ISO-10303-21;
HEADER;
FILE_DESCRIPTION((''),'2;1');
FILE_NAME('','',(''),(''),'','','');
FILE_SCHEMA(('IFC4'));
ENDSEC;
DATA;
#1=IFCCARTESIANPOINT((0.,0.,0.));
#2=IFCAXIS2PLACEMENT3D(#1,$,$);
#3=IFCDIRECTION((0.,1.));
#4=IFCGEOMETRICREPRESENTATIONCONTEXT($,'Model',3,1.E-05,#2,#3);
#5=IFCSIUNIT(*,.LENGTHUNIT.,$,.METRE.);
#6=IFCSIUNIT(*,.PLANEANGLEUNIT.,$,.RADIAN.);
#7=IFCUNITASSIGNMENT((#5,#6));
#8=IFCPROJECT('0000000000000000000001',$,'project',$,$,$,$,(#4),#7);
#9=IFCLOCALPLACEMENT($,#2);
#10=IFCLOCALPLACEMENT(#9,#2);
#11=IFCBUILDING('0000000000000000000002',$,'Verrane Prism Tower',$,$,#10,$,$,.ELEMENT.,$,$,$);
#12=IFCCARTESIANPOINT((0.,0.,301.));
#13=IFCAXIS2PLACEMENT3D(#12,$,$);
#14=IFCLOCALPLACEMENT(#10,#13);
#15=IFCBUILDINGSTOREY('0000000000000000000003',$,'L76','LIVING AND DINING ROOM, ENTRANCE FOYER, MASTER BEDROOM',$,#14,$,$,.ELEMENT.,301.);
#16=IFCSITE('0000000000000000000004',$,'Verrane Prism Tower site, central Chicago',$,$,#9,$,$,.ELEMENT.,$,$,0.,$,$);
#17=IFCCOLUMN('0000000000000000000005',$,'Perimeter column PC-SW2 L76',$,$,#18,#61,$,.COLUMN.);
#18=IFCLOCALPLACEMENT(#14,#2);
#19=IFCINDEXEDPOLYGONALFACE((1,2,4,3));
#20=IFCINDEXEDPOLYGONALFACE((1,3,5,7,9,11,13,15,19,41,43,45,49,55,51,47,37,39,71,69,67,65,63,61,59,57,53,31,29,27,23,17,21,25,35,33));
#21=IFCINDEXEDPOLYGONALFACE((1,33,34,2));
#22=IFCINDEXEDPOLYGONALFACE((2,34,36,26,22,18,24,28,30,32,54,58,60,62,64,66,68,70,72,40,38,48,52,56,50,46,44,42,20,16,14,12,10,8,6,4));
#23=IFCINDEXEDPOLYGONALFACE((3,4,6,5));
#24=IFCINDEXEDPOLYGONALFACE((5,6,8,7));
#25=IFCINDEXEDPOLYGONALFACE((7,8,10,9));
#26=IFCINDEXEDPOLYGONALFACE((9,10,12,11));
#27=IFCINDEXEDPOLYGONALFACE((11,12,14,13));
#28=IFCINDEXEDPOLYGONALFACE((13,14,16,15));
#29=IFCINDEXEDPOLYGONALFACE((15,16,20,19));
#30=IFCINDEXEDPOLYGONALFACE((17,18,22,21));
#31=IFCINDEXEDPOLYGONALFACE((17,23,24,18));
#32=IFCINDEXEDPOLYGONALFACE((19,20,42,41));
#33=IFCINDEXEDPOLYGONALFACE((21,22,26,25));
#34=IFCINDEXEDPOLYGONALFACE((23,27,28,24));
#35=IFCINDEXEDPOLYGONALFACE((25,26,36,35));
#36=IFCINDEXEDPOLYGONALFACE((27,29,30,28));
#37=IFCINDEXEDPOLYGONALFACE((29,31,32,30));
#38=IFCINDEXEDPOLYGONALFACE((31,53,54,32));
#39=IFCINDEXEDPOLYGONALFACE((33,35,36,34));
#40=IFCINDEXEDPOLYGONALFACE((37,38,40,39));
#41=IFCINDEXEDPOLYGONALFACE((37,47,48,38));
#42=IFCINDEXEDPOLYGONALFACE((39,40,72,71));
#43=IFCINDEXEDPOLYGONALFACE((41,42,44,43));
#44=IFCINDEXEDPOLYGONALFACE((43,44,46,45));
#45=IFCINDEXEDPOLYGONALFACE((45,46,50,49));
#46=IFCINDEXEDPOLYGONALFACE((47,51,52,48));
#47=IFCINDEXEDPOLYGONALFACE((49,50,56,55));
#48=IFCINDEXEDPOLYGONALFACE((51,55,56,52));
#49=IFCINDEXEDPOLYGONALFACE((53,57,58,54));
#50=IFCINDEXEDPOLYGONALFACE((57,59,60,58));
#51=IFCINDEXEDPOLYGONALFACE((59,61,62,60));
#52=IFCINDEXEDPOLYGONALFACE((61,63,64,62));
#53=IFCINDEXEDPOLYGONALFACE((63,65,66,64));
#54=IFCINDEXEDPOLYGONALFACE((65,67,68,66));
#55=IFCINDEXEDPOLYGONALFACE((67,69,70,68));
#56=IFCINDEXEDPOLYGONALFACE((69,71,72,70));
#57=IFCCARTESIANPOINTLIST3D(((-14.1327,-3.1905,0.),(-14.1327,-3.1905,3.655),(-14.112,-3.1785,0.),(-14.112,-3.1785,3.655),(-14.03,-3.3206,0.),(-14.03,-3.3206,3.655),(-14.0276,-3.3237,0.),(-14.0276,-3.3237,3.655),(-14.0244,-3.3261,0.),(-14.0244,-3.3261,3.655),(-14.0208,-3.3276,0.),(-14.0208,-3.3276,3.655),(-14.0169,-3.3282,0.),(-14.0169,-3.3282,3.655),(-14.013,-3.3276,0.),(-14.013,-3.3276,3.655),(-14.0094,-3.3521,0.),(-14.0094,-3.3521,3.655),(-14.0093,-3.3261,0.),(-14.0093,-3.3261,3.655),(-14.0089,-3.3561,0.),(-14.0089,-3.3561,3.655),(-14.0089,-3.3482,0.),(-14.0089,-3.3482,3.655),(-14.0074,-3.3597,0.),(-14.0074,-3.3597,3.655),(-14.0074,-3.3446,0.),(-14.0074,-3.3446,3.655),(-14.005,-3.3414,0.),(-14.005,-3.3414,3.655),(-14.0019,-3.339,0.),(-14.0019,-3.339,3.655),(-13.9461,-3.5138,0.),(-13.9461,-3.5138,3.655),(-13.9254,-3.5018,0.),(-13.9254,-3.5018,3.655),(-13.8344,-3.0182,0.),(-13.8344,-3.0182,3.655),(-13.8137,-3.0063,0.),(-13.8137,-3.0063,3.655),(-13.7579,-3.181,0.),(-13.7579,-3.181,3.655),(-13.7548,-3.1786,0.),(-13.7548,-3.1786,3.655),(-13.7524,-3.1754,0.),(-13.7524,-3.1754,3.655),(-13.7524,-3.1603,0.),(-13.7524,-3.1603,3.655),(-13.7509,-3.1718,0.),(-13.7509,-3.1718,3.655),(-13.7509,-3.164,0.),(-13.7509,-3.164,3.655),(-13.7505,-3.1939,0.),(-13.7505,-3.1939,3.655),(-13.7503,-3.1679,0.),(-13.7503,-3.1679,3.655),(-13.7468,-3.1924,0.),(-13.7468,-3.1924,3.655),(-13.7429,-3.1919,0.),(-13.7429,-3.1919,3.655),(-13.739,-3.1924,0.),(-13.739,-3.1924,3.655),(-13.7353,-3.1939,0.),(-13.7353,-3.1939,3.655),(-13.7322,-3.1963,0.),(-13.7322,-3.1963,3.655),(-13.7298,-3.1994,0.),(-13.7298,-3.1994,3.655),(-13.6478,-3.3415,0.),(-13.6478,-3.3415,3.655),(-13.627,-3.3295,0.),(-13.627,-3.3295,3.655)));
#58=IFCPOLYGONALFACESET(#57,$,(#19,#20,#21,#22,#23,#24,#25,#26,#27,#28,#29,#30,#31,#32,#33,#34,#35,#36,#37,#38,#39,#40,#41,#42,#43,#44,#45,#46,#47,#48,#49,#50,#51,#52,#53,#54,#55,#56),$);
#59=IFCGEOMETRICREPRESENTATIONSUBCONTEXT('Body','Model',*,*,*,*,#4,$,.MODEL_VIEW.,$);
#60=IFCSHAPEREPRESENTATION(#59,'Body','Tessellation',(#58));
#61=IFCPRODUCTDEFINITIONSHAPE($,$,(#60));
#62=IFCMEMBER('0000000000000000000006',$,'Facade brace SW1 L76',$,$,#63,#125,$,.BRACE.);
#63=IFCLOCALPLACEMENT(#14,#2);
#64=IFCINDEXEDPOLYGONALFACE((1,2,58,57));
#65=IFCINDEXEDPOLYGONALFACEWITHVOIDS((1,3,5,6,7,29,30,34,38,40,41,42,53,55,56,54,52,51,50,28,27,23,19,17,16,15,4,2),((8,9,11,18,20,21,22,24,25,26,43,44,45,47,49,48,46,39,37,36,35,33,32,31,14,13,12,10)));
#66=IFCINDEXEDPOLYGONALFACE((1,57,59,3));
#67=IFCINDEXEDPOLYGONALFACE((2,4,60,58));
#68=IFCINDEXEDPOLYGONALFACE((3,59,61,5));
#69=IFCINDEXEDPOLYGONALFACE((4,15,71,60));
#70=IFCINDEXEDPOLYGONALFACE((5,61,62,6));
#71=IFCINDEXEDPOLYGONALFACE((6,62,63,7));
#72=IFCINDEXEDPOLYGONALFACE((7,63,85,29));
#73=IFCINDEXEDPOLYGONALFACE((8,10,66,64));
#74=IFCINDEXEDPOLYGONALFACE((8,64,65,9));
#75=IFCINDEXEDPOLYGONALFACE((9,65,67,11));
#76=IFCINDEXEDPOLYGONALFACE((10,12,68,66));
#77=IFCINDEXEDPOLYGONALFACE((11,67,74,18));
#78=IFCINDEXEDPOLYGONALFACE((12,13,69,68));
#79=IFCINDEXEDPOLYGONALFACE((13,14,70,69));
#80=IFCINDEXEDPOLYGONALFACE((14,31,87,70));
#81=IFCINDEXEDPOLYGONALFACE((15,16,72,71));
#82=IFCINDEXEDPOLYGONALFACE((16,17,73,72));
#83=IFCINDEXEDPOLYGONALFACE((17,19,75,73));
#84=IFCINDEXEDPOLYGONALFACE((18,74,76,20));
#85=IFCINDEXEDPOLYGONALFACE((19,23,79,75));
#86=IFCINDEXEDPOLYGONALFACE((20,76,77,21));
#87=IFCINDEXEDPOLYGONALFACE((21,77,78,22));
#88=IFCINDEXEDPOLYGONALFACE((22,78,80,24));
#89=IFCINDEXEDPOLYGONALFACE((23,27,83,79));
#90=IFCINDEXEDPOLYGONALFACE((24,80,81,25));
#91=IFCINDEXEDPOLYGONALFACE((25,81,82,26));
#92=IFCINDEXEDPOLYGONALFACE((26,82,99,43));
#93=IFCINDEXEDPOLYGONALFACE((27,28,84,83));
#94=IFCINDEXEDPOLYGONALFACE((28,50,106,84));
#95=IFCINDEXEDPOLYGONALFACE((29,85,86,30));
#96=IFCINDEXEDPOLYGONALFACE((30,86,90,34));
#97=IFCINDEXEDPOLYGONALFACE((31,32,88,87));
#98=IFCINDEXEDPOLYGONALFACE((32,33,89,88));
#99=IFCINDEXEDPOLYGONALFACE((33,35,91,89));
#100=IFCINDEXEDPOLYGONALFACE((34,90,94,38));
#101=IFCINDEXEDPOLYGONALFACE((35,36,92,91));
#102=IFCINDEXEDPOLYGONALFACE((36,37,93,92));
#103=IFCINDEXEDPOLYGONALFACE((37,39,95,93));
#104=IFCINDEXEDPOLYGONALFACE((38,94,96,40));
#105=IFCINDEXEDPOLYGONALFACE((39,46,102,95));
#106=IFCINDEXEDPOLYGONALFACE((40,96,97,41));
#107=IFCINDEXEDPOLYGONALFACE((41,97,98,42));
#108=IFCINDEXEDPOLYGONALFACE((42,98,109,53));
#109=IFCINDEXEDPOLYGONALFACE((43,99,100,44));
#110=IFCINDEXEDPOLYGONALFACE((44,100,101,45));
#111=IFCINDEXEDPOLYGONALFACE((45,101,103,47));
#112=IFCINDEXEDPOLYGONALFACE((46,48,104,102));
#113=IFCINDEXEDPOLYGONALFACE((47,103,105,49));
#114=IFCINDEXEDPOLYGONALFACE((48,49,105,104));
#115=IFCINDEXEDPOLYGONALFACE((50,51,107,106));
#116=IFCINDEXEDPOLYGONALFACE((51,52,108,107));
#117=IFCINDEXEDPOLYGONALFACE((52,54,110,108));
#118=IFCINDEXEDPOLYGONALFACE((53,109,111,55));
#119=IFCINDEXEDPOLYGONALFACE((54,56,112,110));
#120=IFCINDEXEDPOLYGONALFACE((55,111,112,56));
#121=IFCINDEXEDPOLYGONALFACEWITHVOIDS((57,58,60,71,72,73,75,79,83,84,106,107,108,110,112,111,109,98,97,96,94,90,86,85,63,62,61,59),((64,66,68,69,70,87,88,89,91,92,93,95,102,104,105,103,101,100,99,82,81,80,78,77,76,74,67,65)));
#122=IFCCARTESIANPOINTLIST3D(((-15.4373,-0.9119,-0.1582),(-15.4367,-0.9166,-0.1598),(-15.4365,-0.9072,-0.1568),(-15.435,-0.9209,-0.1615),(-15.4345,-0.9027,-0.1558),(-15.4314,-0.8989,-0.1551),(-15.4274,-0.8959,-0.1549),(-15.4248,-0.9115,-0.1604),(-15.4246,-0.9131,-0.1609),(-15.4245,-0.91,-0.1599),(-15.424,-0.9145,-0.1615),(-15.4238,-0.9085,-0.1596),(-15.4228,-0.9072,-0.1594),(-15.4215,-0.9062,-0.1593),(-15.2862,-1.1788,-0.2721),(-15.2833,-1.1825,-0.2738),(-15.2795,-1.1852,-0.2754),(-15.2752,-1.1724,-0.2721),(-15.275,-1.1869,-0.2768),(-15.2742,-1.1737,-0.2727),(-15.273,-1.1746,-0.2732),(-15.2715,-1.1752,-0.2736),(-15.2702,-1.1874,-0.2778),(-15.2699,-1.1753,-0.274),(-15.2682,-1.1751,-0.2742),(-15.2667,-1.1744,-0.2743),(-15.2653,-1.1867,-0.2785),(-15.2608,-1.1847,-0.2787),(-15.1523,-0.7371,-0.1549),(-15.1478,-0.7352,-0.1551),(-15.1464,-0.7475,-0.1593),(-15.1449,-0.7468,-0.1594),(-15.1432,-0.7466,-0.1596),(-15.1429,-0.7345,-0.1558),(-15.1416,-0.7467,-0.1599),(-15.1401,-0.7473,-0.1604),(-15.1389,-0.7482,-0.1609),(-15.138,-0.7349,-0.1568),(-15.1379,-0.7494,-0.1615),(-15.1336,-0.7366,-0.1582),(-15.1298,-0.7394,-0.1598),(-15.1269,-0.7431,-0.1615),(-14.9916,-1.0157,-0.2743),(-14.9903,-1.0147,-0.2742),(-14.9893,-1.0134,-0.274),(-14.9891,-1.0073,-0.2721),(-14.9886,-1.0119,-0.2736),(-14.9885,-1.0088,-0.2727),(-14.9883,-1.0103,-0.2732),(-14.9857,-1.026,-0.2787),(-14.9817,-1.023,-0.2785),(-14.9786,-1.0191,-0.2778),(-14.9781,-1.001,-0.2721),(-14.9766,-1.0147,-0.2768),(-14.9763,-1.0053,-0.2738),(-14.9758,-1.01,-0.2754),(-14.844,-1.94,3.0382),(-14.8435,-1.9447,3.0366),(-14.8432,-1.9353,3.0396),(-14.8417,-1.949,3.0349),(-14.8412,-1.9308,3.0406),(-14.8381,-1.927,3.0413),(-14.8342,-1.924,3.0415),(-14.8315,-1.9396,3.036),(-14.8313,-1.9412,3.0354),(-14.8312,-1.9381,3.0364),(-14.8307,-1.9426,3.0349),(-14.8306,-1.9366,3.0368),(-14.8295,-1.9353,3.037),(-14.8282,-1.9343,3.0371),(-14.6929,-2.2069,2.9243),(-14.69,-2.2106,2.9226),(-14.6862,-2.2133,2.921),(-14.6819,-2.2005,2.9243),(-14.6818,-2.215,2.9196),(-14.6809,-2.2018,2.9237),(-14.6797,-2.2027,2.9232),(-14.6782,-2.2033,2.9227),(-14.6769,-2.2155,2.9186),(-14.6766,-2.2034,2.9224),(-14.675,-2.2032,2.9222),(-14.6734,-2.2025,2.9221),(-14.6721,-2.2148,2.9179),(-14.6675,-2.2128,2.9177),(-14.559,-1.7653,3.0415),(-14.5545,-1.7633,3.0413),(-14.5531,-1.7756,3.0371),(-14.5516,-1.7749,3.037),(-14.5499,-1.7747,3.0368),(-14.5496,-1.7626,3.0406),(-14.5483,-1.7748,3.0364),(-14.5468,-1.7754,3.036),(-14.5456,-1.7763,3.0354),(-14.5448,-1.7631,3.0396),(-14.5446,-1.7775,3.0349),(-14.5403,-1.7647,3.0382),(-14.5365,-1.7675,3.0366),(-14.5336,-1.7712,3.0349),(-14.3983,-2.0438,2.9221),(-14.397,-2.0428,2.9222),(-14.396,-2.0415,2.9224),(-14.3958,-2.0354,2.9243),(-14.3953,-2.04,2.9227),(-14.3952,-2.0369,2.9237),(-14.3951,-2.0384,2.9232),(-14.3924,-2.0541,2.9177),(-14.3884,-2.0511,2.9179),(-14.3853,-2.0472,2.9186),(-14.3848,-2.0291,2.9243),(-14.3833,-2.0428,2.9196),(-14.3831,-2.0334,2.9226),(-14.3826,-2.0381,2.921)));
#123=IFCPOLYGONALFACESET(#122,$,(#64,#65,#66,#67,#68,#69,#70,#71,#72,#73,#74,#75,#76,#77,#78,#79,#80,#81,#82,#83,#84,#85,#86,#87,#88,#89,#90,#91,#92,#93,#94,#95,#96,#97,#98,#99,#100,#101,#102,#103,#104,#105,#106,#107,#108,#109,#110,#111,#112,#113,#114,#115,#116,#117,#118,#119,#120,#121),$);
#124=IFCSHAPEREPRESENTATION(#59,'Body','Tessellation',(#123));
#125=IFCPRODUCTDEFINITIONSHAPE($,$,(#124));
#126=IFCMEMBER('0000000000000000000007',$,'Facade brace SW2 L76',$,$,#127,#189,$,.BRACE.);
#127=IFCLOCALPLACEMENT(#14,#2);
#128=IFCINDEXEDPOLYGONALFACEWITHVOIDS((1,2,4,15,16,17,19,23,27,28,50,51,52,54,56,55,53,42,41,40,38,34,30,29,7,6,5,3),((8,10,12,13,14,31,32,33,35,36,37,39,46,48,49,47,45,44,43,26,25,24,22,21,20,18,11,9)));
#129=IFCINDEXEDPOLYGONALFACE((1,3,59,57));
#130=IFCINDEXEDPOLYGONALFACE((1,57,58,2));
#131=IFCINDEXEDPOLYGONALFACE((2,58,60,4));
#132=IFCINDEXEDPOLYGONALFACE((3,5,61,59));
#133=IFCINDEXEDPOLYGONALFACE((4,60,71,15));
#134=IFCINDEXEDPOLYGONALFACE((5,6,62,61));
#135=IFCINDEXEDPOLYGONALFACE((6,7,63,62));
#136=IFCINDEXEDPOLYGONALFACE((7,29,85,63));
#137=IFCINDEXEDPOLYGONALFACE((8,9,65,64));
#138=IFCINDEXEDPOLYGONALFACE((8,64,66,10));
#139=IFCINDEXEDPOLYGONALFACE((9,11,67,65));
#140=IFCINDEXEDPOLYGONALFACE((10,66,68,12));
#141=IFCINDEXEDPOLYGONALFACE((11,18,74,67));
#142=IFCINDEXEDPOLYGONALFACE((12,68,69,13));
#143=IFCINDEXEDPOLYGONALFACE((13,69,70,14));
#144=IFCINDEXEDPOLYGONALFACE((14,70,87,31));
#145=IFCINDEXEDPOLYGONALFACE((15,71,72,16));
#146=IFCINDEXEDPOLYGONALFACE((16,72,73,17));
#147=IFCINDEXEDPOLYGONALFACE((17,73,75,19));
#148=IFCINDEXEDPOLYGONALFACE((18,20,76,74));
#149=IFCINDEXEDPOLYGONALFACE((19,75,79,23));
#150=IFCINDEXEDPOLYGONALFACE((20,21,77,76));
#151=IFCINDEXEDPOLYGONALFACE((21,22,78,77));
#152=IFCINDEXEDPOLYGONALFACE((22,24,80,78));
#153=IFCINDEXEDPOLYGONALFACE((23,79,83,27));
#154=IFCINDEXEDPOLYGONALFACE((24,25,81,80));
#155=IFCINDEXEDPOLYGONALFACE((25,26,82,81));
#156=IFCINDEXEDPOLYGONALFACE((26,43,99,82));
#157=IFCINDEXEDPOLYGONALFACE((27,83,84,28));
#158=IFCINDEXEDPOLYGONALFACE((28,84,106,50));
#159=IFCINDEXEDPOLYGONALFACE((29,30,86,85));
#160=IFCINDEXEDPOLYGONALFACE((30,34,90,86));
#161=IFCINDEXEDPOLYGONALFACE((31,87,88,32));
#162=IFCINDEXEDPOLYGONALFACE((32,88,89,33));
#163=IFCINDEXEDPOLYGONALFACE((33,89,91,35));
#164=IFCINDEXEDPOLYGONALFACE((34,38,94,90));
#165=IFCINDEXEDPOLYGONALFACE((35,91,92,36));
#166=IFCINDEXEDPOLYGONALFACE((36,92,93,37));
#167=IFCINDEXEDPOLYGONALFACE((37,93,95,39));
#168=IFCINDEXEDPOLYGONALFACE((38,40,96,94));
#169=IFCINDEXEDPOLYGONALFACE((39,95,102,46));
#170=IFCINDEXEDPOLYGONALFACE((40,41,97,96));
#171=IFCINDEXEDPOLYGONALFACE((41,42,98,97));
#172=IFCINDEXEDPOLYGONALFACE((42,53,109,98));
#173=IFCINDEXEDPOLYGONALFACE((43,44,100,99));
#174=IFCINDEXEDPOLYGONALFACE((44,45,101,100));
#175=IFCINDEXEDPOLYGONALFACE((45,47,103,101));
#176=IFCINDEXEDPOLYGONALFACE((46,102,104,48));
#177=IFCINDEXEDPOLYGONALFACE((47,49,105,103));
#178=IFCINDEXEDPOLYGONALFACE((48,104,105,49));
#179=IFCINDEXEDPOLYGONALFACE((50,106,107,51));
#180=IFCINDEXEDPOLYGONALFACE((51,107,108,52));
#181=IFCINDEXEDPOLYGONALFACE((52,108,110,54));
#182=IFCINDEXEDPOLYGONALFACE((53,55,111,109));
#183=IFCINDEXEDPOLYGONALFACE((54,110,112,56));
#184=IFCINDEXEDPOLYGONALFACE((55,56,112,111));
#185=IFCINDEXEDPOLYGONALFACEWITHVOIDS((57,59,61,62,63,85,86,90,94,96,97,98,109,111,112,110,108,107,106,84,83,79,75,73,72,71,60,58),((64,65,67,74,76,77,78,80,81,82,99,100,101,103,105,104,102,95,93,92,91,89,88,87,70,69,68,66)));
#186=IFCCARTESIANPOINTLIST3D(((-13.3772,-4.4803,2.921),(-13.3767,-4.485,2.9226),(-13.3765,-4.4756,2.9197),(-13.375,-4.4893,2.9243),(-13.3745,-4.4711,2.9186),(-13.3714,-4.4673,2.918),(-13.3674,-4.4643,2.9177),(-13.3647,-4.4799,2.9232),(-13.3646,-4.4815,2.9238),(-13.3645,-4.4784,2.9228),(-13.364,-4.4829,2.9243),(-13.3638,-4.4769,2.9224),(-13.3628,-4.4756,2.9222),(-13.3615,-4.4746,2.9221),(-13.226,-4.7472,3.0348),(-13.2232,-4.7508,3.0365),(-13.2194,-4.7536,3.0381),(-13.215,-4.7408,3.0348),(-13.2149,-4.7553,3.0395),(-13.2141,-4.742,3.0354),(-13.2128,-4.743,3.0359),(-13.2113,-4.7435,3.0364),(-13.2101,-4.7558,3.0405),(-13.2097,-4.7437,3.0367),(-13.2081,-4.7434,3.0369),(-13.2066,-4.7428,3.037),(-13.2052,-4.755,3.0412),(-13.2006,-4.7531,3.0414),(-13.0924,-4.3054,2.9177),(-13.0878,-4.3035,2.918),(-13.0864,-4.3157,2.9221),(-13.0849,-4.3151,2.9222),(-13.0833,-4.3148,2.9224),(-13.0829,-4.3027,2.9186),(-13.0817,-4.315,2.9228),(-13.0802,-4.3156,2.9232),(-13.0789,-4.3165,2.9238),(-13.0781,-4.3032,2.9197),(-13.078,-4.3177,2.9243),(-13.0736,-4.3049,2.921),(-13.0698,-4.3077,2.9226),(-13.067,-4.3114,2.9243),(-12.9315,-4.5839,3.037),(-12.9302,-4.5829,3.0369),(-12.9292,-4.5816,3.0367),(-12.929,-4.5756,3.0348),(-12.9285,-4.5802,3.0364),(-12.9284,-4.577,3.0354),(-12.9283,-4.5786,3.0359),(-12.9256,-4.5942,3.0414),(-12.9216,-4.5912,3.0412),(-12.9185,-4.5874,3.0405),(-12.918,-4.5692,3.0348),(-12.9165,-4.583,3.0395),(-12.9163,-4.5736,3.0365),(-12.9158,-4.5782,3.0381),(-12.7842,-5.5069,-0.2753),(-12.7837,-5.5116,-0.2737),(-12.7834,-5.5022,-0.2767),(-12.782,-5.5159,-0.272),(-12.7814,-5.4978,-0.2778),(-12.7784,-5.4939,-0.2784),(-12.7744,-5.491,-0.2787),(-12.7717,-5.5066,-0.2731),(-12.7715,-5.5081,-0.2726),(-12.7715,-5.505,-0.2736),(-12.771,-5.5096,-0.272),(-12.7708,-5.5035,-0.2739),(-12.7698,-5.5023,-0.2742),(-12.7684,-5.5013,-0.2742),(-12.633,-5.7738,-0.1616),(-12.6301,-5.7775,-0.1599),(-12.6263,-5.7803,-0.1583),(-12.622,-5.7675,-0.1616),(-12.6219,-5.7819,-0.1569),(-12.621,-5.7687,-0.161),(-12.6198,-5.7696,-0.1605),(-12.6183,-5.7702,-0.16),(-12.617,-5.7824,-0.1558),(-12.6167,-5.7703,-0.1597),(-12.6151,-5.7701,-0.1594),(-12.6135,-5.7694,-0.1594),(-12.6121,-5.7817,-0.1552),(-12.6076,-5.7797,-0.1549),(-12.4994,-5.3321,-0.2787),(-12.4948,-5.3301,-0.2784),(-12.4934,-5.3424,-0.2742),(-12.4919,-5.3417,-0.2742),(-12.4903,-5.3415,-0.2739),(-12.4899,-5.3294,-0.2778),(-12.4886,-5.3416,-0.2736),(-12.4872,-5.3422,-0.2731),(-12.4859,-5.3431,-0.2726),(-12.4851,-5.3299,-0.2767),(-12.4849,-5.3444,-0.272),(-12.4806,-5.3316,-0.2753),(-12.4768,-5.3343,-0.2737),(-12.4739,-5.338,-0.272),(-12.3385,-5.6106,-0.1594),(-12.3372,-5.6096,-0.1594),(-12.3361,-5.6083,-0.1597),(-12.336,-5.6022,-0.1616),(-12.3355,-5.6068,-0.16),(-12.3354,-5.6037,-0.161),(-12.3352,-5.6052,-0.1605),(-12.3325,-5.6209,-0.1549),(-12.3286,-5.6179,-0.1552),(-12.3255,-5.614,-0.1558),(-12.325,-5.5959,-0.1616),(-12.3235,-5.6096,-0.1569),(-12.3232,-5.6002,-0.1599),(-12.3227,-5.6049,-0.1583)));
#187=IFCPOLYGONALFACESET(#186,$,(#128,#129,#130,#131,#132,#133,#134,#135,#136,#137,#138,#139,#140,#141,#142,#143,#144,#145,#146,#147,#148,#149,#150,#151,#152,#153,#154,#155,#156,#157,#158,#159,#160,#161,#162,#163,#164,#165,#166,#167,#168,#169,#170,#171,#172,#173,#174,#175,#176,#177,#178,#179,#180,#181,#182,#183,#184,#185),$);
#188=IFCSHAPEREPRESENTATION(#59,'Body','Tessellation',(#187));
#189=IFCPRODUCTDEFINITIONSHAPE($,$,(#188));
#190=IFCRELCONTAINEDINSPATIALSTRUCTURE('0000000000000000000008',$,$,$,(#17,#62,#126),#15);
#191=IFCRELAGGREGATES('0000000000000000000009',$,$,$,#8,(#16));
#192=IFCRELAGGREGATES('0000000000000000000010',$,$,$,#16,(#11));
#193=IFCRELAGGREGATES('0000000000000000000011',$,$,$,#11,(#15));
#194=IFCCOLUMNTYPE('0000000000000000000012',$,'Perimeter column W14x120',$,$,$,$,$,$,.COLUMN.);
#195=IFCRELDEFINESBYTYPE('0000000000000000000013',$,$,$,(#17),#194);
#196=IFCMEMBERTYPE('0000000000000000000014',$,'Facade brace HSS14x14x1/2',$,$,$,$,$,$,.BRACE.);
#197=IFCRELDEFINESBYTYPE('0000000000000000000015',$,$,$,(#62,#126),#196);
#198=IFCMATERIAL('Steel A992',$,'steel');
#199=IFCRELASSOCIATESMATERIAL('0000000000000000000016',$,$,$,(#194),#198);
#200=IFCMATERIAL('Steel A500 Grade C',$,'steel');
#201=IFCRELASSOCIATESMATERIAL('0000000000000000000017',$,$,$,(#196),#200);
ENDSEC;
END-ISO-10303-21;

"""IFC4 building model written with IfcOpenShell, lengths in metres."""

from ifc_helpers import new_model, si_unit, direction, frame, origin, origin_2d, place, context, subcontext, project, spatial, hollow_rectangle, i_section, extrude, material, material_profile, profile_set, type_object, element, save


model = new_model("IFC4")

# Units and contexts
model_context = context("Model", 3, precision=1e-05, world=origin(), true_north=direction((0.0, 1.0)))
body_context = subcontext(model_context, "Body", "Model", "MODEL_VIEW")
ifc_project = project(units=[si_unit("LENGTHUNIT", "METRE"), si_unit("PLANEANGLEUNIT", "RADIAN")], contexts=[model_context])

# Site, building, storey
site_placement = place(None, origin())
site = spatial("IfcSite", under=ifc_project, at=site_placement, Name="Verrane Prism Tower site, central Chicago", CompositionType="ELEMENT", RefElevation=0.0)
building_placement = place(site_placement, origin())
building = spatial("IfcBuilding", under=site, at=building_placement, Name="Verrane Prism Tower", CompositionType="ELEMENT")
storey_placement = place(building_placement, frame((0.0, 0.0, 301.0)))
storey = spatial("IfcBuildingStorey", under=building, at=storey_placement, Name="L76", Description="LIVING AND DINING ROOM, ENTRANCE FOYER, MASTER BEDROOM", CompositionType="ELEMENT", Elevation=301.0)

# Column
ifc_material_1 = material(Name="Steel A992", Category="steel")
ifc_material_profile_1 = material_profile(ifc_material_1, i_section(OverallWidth=0.3733, OverallDepth=0.3684, WebThickness=0.0149, FlangeThickness=0.0239, FilletRadius=0.0151, at=origin_2d()), Name="W14x120")
ifc_profile_set_1 = profile_set([ifc_material_profile_1], Name="Steel A992")
column_type = type_object("IfcColumnType", Name="Perimeter column W14x120", PredefinedType="COLUMN", material=ifc_profile_set_1)
column_placement = place(storey_placement, frame((-13.8799, -3.26, 0.0), z_axis=(0.0, 0.0, 1.0), x_axis=(-0.5, 0.866025, 0.0)))
element("IfcColumn", 1, at=column_placement, inside=storey, type_object=column_type, Name="Perimeter column PC-SW2 L76", PredefinedType="COLUMN", context=body_context, shape_type="SweptSolid", body=[
    extrude(i_section(OverallWidth=0.3733, OverallDepth=0.3684, WebThickness=0.0149, FlangeThickness=0.0239, FilletRadius=0.0151, at=origin_2d()), origin(), (0.0, 0.0, 1.0), 3.655),
])

# Members
ifc_material_2 = material(Name="Steel A500 Grade C", Category="steel")
ifc_material_profile_2 = material_profile(ifc_material_2, hollow_rectangle(XDim=0.3557, YDim=0.3557, WallThickness=0.0127, InnerFilletRadius=0.0063, OuterFilletRadius=0.019, at=origin_2d()), Name="HSS14x14x1/2")
ifc_profile_set_2 = profile_set([ifc_material_profile_2], Name="Steel A500 Grade C")
member_type_1 = type_object("IfcMemberType", Name="Facade brace HSS14x14x1/2", PredefinedType="BRACE", material=ifc_profile_set_2)
member_1_placement = place(storey_placement, frame((-15.2065, -0.9609, -0.2168), z_axis=(0.173999, -0.301527, 0.937447), x_axis=(0.866134, 0.499811, 0.0)))
element("IfcMember", 2, at=member_1_placement, inside=storey, type_object=member_type_1, Name="Facade brace SW1 L76", PredefinedType="BRACE", context=body_context, shape_type="SweptSolid", body=[
    extrude(hollow_rectangle(XDim=0.3557, YDim=0.3557, WallThickness=0.0127, InnerFilletRadius=0.0063, OuterFilletRadius=0.019, at=origin_2d()), origin(), (0.0, 0.0, 1.0), 3.4097),
])
member_2_placement = place(storey_placement, frame((-12.5535, -5.5559, -0.2168), z_axis=(-0.173952, 0.30114, 0.93758), x_axis=(-0.865915, -0.500192, 0.0)))
element("IfcMember", 3, at=member_2_placement, inside=storey, type_object=member_type_1, Name="Facade brace SW2 L76", PredefinedType="BRACE", context=body_context, shape_type="SweptSolid", body=[
    extrude(hollow_rectangle(XDim=0.3557, YDim=0.3557, WallThickness=0.0127, InnerFilletRadius=0.0063, OuterFilletRadius=0.019, at=origin_2d()), origin(), (0.0, 0.0, 1.0), 3.4092),
])

save(model, "model.ifc")
